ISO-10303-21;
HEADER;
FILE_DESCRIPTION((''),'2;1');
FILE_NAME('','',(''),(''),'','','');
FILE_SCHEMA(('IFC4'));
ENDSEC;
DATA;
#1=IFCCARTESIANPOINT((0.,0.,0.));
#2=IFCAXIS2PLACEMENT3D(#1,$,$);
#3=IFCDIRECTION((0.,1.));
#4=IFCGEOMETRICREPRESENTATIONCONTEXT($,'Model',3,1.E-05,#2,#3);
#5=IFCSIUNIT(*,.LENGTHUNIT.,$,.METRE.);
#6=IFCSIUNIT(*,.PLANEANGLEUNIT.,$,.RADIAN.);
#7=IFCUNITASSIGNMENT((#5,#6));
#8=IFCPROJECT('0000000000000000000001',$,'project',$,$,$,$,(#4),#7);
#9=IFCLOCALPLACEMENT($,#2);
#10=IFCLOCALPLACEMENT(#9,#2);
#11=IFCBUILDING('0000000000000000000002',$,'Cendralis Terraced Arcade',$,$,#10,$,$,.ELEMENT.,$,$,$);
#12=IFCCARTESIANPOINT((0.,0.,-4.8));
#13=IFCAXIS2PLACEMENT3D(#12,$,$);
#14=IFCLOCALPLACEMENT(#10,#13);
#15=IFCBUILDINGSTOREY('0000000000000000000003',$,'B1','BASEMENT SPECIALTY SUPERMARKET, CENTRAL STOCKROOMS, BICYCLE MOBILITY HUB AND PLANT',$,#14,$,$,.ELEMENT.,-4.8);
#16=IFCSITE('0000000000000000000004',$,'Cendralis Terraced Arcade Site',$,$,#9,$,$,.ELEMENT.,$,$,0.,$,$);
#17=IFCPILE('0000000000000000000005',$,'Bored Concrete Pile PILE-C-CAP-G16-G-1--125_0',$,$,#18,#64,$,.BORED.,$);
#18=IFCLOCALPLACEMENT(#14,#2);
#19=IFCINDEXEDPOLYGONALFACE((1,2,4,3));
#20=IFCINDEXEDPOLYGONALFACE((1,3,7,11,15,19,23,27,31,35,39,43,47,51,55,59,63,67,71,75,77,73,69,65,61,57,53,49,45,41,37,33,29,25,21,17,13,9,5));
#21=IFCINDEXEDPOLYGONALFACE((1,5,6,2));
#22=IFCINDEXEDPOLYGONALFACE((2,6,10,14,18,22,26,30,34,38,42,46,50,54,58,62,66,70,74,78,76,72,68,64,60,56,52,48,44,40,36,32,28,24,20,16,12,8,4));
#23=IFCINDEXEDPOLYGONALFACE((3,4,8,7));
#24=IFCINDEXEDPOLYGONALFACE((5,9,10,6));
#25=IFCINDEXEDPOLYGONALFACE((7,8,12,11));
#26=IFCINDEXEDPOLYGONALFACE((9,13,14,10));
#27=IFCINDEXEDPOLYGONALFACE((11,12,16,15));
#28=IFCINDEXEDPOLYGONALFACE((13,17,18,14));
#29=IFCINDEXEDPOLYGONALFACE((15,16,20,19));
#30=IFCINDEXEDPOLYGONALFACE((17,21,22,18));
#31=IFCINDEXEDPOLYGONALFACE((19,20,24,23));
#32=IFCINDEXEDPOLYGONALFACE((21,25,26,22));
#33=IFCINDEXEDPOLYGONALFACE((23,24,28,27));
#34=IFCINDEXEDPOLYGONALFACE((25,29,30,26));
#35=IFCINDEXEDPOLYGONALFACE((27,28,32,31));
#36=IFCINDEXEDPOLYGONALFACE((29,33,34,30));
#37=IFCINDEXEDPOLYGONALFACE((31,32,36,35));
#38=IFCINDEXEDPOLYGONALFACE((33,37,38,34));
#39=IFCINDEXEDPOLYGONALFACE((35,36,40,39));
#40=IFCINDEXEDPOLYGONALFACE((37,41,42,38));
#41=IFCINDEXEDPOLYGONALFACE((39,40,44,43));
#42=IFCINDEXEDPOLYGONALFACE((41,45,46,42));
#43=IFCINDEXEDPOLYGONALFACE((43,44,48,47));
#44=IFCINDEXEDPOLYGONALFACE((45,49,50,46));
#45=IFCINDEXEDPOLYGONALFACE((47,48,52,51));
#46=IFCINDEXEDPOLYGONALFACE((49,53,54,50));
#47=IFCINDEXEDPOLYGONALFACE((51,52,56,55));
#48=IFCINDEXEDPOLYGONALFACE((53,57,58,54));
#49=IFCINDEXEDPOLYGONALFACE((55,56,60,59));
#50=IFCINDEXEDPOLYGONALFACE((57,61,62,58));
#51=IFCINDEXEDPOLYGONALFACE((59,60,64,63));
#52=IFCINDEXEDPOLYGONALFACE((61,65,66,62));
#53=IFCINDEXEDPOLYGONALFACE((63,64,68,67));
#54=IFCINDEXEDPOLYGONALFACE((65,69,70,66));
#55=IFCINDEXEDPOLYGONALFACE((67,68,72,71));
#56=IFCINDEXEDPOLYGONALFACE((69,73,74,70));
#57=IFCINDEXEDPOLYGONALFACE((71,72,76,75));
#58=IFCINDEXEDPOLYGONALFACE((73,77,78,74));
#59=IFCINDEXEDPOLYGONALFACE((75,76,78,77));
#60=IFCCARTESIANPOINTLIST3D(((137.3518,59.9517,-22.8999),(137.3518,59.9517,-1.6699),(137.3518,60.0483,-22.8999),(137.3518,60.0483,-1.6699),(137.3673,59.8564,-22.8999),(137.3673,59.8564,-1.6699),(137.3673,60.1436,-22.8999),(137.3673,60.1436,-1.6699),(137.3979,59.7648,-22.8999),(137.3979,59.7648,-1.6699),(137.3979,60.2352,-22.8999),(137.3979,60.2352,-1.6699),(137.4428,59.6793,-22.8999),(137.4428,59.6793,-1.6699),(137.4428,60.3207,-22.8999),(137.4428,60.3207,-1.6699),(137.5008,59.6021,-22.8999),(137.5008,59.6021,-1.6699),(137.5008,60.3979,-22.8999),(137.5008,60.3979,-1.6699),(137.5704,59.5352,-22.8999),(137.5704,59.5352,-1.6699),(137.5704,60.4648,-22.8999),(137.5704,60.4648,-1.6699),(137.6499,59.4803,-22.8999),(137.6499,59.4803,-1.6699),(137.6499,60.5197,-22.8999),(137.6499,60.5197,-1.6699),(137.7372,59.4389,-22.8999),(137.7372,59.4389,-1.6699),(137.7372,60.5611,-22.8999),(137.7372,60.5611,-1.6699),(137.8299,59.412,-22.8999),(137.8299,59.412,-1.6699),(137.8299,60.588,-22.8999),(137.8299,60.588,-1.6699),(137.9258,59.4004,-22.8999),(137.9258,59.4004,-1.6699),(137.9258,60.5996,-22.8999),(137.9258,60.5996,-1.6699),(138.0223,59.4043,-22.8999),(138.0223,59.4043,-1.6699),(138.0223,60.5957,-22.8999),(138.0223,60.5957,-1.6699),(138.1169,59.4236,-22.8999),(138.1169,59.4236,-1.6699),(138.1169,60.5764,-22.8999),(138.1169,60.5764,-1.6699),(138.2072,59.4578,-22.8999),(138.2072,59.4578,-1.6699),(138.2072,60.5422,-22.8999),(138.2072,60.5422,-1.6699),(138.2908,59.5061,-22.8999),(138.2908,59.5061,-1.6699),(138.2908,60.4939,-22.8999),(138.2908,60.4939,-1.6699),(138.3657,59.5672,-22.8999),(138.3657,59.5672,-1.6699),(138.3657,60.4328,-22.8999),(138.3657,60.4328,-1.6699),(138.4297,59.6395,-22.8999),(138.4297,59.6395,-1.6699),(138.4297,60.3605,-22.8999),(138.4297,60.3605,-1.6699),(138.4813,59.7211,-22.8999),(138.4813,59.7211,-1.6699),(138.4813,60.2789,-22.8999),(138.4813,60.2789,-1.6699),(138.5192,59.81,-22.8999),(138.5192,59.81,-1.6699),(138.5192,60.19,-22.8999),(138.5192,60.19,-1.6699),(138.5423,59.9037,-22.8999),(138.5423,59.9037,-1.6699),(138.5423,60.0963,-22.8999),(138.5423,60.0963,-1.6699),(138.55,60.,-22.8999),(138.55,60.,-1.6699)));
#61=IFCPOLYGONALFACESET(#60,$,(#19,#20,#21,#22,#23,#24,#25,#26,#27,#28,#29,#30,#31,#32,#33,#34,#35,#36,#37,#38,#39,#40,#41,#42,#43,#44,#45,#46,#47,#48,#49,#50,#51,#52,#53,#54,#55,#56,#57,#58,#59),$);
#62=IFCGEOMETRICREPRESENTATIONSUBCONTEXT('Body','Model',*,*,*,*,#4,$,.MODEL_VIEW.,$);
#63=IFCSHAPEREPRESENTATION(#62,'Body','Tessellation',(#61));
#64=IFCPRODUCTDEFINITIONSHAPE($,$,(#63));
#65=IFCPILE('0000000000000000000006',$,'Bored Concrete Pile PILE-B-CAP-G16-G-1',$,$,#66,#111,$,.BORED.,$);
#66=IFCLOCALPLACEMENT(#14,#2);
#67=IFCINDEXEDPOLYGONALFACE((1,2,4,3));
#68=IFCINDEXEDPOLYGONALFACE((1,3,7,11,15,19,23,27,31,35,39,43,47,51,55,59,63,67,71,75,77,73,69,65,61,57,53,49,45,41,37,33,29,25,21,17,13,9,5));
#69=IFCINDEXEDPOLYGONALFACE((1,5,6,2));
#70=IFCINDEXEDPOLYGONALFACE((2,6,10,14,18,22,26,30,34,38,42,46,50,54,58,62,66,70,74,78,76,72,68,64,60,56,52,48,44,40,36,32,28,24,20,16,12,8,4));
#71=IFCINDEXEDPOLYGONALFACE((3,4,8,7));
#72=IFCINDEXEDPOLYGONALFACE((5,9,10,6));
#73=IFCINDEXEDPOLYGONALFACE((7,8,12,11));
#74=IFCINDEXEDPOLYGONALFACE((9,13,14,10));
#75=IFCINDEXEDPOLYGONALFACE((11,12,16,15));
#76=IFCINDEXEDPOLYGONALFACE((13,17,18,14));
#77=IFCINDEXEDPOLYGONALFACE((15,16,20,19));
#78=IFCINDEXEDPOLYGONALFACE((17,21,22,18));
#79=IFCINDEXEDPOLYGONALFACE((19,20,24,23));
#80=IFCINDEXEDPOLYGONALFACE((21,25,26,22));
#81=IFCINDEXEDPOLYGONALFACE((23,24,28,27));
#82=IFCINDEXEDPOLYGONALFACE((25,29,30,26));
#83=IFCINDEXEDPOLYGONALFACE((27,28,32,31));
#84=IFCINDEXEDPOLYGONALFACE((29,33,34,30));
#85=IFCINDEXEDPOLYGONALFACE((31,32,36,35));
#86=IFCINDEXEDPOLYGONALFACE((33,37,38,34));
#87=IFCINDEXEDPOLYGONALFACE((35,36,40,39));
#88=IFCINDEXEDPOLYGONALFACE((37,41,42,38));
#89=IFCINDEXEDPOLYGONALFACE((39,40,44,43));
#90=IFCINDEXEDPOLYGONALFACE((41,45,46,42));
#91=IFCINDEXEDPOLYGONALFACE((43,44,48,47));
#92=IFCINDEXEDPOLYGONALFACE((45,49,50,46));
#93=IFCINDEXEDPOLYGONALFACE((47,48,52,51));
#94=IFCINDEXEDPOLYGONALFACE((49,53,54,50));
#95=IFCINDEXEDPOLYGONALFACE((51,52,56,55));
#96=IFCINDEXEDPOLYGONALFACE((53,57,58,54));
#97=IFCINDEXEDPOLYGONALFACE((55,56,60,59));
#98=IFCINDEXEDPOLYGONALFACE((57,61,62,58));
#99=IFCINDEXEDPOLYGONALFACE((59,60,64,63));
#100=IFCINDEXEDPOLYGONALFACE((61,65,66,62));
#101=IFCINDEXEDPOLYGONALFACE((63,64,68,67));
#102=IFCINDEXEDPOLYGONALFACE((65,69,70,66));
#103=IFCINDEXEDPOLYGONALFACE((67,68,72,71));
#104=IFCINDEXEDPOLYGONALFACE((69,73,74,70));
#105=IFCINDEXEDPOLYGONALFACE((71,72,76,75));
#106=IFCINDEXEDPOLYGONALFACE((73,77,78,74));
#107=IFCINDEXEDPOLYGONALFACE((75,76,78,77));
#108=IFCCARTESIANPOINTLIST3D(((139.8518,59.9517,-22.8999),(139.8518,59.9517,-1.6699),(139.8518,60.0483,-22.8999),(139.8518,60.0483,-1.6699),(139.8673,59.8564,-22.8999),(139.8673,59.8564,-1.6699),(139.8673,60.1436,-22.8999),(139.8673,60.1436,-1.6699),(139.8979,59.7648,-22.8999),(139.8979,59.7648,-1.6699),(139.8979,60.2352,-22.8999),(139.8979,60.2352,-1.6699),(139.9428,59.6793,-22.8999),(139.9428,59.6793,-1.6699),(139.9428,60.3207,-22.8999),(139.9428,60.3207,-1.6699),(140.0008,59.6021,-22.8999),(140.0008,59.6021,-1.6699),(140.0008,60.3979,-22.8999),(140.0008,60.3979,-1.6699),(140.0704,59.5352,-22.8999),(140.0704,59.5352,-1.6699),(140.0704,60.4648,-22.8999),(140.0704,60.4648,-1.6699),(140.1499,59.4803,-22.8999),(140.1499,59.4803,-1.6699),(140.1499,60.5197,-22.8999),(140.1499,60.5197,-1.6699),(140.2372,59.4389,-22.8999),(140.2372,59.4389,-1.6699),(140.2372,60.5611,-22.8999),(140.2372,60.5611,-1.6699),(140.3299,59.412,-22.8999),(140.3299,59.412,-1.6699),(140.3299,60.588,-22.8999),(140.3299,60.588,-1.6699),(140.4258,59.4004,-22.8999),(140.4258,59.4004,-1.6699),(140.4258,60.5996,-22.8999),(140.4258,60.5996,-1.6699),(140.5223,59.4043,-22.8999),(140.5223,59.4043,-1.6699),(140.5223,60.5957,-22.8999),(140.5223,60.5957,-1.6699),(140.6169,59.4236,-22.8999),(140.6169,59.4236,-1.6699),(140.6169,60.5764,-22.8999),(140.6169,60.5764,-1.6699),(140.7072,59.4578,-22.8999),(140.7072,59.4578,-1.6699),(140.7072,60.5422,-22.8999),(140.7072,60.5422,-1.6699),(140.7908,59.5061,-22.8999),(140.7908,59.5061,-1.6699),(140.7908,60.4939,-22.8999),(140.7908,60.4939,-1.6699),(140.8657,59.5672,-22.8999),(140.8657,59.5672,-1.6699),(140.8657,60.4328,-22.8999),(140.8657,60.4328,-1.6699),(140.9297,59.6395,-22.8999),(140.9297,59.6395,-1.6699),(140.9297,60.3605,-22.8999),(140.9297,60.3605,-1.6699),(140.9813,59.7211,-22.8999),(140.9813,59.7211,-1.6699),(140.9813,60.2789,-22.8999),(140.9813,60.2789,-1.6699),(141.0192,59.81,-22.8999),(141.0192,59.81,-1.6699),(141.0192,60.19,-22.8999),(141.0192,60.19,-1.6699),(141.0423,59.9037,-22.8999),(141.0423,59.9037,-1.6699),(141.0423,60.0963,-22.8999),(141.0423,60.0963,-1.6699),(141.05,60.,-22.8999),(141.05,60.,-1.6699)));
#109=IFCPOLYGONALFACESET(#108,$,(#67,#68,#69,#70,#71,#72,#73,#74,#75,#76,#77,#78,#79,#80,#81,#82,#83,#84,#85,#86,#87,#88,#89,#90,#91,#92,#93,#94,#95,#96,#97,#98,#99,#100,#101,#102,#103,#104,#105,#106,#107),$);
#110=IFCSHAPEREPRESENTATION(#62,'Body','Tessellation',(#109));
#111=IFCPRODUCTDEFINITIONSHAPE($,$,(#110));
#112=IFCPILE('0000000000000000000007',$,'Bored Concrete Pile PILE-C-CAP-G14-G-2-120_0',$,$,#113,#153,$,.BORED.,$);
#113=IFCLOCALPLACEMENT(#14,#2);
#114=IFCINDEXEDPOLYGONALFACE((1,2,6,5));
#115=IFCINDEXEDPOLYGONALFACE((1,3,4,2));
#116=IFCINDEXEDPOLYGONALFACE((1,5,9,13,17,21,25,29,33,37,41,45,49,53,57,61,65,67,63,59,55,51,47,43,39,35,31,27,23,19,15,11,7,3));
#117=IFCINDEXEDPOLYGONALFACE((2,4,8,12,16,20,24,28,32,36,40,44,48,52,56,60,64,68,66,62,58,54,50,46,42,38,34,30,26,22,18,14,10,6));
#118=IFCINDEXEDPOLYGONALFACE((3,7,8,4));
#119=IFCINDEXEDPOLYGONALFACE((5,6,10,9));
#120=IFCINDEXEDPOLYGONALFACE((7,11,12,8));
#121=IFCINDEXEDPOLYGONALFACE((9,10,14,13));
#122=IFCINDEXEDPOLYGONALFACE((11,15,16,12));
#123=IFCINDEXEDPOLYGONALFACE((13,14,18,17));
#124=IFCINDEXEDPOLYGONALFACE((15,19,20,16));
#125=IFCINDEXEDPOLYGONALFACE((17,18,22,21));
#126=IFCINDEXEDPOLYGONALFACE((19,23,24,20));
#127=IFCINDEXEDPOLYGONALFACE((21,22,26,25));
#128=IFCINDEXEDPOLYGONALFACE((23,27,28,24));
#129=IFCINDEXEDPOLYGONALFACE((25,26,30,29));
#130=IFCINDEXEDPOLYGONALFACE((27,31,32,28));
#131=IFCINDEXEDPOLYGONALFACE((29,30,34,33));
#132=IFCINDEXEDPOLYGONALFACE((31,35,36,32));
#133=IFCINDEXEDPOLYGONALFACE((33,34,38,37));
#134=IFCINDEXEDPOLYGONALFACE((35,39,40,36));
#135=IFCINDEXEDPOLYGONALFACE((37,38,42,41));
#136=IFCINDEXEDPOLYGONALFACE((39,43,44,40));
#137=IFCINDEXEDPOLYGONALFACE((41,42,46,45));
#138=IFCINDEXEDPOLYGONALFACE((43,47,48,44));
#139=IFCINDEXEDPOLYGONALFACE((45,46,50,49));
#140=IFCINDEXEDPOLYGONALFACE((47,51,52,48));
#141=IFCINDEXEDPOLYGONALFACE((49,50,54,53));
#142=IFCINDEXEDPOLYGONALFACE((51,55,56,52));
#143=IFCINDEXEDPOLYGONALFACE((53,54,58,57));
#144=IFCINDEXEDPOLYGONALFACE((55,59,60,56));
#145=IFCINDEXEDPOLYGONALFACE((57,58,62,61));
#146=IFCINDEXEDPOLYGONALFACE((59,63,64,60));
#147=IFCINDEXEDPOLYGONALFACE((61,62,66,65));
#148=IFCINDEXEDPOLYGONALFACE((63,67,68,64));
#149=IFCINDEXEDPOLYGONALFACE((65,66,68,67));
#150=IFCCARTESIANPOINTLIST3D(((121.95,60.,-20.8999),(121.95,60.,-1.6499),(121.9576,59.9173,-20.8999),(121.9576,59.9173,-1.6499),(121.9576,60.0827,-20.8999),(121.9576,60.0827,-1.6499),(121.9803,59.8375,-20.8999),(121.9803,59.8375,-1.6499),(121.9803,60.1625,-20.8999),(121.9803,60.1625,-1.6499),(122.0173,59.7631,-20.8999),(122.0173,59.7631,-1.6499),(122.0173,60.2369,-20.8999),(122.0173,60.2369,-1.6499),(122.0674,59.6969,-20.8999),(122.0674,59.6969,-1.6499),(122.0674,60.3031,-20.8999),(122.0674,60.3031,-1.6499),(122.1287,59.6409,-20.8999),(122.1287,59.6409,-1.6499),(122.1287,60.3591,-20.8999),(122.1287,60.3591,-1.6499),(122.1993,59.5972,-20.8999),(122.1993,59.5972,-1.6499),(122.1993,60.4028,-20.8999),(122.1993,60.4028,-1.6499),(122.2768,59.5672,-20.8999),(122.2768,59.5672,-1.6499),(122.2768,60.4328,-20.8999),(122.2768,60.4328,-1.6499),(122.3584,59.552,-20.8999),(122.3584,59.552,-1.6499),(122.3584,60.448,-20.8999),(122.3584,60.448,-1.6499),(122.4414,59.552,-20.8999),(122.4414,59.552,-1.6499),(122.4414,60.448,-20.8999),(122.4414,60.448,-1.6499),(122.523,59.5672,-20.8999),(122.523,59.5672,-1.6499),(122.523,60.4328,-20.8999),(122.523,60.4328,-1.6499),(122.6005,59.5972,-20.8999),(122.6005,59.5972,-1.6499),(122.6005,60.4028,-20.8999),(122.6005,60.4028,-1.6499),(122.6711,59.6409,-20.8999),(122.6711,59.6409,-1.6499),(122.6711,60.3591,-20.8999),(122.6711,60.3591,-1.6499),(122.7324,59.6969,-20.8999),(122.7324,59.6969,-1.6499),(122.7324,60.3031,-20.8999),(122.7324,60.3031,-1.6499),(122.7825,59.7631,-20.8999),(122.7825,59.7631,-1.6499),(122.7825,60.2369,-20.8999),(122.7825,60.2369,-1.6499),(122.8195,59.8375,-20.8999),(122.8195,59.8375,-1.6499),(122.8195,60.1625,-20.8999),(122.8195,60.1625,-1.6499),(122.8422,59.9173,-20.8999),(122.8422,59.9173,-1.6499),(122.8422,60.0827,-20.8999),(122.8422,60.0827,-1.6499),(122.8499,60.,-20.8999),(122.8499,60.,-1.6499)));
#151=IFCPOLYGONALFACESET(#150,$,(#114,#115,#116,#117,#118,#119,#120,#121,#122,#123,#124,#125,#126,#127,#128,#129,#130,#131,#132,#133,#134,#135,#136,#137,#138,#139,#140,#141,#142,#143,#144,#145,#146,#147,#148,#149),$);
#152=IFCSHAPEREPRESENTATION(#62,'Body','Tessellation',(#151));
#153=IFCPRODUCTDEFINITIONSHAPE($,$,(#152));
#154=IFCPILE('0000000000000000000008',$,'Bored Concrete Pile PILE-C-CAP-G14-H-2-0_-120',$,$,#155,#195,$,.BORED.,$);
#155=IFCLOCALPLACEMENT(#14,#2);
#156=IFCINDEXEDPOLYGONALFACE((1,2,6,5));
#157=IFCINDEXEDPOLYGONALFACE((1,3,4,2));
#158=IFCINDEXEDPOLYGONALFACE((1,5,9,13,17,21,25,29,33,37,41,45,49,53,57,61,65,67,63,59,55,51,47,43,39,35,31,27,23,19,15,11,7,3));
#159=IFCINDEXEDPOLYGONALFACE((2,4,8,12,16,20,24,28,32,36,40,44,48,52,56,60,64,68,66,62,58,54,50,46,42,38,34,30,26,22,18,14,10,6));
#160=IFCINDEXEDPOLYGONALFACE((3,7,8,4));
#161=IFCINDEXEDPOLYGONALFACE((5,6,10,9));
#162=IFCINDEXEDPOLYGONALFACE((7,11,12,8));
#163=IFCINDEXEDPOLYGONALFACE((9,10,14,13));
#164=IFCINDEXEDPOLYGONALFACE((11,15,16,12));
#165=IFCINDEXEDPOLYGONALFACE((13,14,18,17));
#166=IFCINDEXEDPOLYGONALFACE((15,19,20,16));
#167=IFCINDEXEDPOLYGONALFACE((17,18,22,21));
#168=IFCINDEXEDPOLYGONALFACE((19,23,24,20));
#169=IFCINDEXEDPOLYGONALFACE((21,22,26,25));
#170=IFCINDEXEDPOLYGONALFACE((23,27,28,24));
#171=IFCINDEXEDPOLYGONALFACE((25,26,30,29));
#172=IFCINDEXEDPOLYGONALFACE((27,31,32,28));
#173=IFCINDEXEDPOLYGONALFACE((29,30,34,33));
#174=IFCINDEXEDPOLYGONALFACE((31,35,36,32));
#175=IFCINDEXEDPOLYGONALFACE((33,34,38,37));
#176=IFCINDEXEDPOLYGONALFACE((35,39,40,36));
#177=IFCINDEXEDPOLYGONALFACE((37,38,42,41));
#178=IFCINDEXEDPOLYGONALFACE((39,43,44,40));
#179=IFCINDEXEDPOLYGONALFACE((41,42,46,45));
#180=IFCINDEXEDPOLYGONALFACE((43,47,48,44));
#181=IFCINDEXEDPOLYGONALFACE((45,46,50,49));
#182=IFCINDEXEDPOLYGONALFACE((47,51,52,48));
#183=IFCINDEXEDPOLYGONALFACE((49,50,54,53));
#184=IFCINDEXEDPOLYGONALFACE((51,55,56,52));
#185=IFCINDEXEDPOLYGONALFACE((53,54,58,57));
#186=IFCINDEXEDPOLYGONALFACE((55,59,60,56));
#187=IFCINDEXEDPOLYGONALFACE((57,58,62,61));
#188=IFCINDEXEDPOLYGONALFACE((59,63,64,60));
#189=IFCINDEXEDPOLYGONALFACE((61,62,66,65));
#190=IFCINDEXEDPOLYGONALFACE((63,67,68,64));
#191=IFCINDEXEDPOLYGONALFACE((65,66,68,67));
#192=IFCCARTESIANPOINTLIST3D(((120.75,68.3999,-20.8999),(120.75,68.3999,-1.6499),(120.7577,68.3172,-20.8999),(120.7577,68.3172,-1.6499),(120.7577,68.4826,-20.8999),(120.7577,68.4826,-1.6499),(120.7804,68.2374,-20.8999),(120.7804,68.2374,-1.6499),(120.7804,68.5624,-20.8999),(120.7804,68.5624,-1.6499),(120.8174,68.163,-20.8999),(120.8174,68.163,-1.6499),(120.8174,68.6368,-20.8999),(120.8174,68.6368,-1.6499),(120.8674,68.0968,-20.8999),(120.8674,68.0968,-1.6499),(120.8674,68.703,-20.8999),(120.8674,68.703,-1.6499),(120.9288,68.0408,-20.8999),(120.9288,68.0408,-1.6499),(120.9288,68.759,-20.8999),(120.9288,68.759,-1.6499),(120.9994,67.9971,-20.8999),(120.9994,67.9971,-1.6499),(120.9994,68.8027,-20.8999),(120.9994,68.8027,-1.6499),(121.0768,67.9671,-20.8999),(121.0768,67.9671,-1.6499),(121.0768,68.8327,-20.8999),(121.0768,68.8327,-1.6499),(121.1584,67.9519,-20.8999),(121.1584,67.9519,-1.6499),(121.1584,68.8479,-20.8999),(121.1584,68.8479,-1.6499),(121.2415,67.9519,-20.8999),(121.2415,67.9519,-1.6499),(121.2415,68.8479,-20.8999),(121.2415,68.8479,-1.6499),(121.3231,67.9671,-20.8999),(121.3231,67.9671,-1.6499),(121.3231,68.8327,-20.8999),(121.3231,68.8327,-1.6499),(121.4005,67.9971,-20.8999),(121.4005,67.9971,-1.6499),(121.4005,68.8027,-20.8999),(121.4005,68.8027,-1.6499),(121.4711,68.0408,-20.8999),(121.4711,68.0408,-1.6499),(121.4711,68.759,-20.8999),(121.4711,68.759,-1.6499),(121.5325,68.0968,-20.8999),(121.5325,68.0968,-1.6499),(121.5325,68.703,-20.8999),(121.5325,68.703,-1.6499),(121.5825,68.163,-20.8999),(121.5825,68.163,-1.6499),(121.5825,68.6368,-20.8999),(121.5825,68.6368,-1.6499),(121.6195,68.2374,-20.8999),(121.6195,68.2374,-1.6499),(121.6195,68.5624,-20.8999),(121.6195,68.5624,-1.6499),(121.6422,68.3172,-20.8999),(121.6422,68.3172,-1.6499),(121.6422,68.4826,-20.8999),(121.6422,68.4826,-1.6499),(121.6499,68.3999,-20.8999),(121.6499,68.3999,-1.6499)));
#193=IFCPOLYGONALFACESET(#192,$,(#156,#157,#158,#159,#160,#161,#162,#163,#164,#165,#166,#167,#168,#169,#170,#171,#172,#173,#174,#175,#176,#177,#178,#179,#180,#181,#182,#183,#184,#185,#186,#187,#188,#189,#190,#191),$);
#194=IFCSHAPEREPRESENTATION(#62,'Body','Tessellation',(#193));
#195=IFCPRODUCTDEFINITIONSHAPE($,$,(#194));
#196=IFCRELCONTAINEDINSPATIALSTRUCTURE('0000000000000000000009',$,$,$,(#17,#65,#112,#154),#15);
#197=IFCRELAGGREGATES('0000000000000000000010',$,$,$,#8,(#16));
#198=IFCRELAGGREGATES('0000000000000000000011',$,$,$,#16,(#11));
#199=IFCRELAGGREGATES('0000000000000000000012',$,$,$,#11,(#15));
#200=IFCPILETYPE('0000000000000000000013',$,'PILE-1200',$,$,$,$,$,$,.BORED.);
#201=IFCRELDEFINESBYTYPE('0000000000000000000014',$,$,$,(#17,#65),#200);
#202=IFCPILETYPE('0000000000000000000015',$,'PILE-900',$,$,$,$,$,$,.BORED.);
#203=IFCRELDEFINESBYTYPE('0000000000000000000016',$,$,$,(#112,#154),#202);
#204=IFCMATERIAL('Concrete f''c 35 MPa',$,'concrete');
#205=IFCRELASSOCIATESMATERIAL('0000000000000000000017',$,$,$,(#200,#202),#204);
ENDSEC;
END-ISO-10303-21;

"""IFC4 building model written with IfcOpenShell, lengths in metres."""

from ifc_helpers import new_model, si_unit, direction, frame, origin, origin_2d, place, context, subcontext, project, spatial, circle, extrude, material, material_profile, profile_set, type_object, element, save


model = new_model("IFC4")

# Units and contexts
model_context = context("Model", 3, precision=1e-05, world=origin(), true_north=direction((0.0, 1.0)))
body_context = subcontext(model_context, "Body", "Model", "MODEL_VIEW")
ifc_project = project(units=[si_unit("LENGTHUNIT", "METRE"), si_unit("PLANEANGLEUNIT", "RADIAN")], contexts=[model_context])

# Site, building, storey
site_placement = place(None, origin())
site = spatial("IfcSite", under=ifc_project, at=site_placement, Name="Cendralis Terraced Arcade Site", CompositionType="ELEMENT", RefElevation=0.0)
building_placement = place(site_placement, origin())
building = spatial("IfcBuilding", under=site, at=building_placement, Name="Cendralis Terraced Arcade", CompositionType="ELEMENT")
storey_placement = place(building_placement, frame((0.0, 0.0, -4.8)))
storey = spatial("IfcBuildingStorey", under=building, at=storey_placement, Name="B1", Description="BASEMENT SPECIALTY SUPERMARKET, CENTRAL STOCKROOMS, BICYCLE MOBILITY HUB AND PLANT", CompositionType="ELEMENT", Elevation=-4.8)

# Shared definitions
ifc_material_1 = material(Name="Concrete f'c 35 MPa", Category="concrete")

# Piles
ifc_material_profile_1 = material_profile(ifc_material_1, circle(Radius=0.6001, at=origin_2d()), Name="PILE-D1200", Category="LoadBearing")
ifc_profile_set_1 = profile_set([ifc_material_profile_1], Name="Concrete f'c 35 MPa")
pile_type_1 = type_object("IfcPileType", Name="PILE-1200", PredefinedType="BORED", material=ifc_profile_set_1)
for number, where, z_axis, x_axis, name in (
    (1, (137.95, 60.0, -1.6699), (0.0, 0.0, -1.0), (1.0, 0.0, 0.0), "Bored Concrete Pile PILE-C-CAP-G16-G-1--125_0"),
    (2, (140.45, 60.0, -1.6699), (0.0, 0.0, -1.0), (1.0, 0.0, 0.0), "Bored Concrete Pile PILE-B-CAP-G16-G-1"),
):
    element("IfcPile", number, at=place(storey_placement, frame(where, z_axis=z_axis, x_axis=x_axis)), inside=storey, type_object=pile_type_1, Name=name, PredefinedType="BORED", context=body_context, shape_type="SweptSolid", body=[
        extrude(circle(Radius=0.6001, at=origin_2d()), origin(), (0.0, 0.0, 1.0), 21.23),
    ])
ifc_material_profile_2 = material_profile(ifc_material_1, circle(Radius=0.45, at=origin_2d()), Name="PILE-D900", Category="LoadBearing")
ifc_profile_set_2 = profile_set([ifc_material_profile_2], Name="Concrete f'c 35 MPa")
pile_type_2 = type_object("IfcPileType", Name="PILE-900", PredefinedType="BORED", material=ifc_profile_set_2)
for number, where, z_axis, x_axis, name in (
    (3, (122.3999, 60.0, -1.6499), (0.0, 0.0, -1.0), (1.0, 0.0, 0.0), "Bored Concrete Pile PILE-C-CAP-G14-G-2-120_0"),
    (4, (121.2, 68.3999, -1.6499), (0.0, 0.0, -1.0), (1.0, 0.0, 0.0), "Bored Concrete Pile PILE-C-CAP-G14-H-2-0_-120"),
):
    element("IfcPile", number, at=place(storey_placement, frame(where, z_axis=z_axis, x_axis=x_axis)), inside=storey, type_object=pile_type_2, Name=name, PredefinedType="BORED", context=body_context, shape_type="SweptSolid", body=[
        extrude(circle(Radius=0.45, at=origin_2d()), origin(), (0.0, 0.0, 1.0), 19.25),
    ])

save(model, "model.ifc")
